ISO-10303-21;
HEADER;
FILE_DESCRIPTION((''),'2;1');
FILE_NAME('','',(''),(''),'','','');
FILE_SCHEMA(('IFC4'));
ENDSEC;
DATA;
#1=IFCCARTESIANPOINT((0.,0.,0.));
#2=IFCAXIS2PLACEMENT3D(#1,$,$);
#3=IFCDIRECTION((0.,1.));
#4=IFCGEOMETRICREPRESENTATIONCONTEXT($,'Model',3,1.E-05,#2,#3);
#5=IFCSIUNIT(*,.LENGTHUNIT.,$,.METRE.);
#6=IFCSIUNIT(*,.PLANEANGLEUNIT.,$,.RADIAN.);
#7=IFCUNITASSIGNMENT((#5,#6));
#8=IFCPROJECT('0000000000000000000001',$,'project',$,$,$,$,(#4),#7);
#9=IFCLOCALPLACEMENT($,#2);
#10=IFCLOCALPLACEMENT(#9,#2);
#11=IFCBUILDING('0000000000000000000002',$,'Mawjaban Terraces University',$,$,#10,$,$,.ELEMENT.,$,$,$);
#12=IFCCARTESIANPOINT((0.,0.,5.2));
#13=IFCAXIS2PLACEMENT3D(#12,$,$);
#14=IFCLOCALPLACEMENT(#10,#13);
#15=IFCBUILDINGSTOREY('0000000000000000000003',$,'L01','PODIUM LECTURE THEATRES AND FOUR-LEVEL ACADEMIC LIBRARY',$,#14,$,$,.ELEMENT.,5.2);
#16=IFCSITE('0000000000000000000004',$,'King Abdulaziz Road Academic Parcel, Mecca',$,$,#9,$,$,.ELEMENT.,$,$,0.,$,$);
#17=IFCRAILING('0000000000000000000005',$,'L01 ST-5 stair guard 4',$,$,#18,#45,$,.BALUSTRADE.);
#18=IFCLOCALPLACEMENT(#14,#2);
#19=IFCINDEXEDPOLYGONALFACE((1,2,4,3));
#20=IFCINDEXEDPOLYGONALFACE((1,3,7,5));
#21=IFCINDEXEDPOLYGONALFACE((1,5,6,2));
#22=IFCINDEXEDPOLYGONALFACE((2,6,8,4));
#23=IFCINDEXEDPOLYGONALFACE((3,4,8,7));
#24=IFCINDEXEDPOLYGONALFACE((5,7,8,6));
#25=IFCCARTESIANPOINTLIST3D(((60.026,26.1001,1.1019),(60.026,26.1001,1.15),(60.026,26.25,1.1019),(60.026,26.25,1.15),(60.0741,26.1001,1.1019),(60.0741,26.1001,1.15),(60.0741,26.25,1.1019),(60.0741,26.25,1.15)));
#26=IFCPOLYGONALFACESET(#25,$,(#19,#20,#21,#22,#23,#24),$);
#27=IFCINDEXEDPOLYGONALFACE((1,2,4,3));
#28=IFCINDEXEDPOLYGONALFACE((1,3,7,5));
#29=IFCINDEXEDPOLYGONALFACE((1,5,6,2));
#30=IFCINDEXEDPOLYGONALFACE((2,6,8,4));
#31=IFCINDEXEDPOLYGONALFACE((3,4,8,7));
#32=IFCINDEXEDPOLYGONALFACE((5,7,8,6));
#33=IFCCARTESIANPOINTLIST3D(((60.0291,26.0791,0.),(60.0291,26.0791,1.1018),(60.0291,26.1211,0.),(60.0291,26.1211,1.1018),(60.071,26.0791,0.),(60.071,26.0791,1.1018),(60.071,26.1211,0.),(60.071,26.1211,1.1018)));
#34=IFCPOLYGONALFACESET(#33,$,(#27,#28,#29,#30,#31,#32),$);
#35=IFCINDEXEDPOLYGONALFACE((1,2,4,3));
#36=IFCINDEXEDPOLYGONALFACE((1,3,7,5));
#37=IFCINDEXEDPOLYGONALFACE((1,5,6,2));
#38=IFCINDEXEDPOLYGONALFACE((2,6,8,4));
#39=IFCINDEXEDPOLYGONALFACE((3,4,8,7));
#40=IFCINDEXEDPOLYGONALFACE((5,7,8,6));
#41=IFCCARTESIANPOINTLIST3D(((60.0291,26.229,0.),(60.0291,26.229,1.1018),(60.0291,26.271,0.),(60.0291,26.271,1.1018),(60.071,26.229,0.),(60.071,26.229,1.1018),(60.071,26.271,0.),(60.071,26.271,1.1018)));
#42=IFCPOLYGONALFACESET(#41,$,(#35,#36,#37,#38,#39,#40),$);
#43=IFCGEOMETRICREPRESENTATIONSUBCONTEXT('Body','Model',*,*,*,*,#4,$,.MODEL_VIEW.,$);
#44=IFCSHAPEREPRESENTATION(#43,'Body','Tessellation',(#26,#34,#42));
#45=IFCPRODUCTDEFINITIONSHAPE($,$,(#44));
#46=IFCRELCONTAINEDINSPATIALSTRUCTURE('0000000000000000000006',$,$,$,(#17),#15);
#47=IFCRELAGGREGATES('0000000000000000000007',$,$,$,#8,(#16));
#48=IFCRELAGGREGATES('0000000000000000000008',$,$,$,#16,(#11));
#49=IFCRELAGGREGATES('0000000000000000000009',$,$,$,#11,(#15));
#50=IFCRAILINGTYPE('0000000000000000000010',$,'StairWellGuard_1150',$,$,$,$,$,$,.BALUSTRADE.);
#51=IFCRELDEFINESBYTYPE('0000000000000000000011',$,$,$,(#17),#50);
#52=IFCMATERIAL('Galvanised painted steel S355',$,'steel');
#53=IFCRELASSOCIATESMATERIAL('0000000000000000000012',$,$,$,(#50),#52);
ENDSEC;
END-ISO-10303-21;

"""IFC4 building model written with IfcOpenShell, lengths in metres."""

from ifc_helpers import new_model, si_unit, direction, frame, origin, origin_2d, place, context, subcontext, project, spatial, rectangle, extrude, material, type_object, element, save


model = new_model("IFC4")

# Units and contexts
model_context = context("Model", 3, precision=1e-05, world=origin(), true_north=direction((0.0, 1.0)))
body_context = subcontext(model_context, "Body", "Model", "MODEL_VIEW")
ifc_project = project(units=[si_unit("LENGTHUNIT", "METRE"), si_unit("PLANEANGLEUNIT", "RADIAN")], contexts=[model_context])

# Site, building, storey
site_placement = place(None, origin())
site = spatial("IfcSite", under=ifc_project, at=site_placement, Name="King Abdulaziz Road Academic Parcel, Mecca", CompositionType="ELEMENT", RefElevation=0.0)
building_placement = place(site_placement, origin())
building = spatial("IfcBuilding", under=site, at=building_placement, Name="Mawjaban Terraces University", CompositionType="ELEMENT")
storey_placement = place(building_placement, frame((0.0, 0.0, 5.2)))
storey = spatial("IfcBuildingStorey", under=building, at=storey_placement, Name="L01", Description="PODIUM LECTURE THEATRES AND FOUR-LEVEL ACADEMIC LIBRARY", CompositionType="ELEMENT", Elevation=5.2)

# Railing
ifc_material_1 = material(Name="Galvanised painted steel S355", Category="steel")
railing_type_1 = type_object("IfcRailingType", Name="StairWellGuard_1150", PredefinedType="BALUSTRADE", material=ifc_material_1)
railing_1_placement = place(storey_placement, frame((60.05, 26.1001, 0.0)))
element("IfcRailing", 1, at=railing_1_placement, inside=storey, type_object=railing_type_1, Name="L01 ST-5 stair guard 4", PredefinedType="BALUSTRADE", context=body_context, shape_type="SweptSolid", body=[
    extrude(rectangle(XDim=0.0481, YDim=0.0481, at=origin_2d()), frame((0.0, 0.0, 1.126), z_axis=(0.0, 1.0, 0.0), x_axis=(-1.0, 0.0, 0.0)), (0.0, 0.0, 1.0), 0.1499),
    extrude(rectangle(XDim=0.042, YDim=0.042, at=origin_2d()), origin(), (0.0, 0.0, 1.0), 1.1018),
    extrude(rectangle(XDim=0.042, YDim=0.042, at=origin_2d()), frame((0.0, 0.1499, 0.0)), (0.0, 0.0, 1.0), 1.1018),
])

save(model, "model.ifc")
